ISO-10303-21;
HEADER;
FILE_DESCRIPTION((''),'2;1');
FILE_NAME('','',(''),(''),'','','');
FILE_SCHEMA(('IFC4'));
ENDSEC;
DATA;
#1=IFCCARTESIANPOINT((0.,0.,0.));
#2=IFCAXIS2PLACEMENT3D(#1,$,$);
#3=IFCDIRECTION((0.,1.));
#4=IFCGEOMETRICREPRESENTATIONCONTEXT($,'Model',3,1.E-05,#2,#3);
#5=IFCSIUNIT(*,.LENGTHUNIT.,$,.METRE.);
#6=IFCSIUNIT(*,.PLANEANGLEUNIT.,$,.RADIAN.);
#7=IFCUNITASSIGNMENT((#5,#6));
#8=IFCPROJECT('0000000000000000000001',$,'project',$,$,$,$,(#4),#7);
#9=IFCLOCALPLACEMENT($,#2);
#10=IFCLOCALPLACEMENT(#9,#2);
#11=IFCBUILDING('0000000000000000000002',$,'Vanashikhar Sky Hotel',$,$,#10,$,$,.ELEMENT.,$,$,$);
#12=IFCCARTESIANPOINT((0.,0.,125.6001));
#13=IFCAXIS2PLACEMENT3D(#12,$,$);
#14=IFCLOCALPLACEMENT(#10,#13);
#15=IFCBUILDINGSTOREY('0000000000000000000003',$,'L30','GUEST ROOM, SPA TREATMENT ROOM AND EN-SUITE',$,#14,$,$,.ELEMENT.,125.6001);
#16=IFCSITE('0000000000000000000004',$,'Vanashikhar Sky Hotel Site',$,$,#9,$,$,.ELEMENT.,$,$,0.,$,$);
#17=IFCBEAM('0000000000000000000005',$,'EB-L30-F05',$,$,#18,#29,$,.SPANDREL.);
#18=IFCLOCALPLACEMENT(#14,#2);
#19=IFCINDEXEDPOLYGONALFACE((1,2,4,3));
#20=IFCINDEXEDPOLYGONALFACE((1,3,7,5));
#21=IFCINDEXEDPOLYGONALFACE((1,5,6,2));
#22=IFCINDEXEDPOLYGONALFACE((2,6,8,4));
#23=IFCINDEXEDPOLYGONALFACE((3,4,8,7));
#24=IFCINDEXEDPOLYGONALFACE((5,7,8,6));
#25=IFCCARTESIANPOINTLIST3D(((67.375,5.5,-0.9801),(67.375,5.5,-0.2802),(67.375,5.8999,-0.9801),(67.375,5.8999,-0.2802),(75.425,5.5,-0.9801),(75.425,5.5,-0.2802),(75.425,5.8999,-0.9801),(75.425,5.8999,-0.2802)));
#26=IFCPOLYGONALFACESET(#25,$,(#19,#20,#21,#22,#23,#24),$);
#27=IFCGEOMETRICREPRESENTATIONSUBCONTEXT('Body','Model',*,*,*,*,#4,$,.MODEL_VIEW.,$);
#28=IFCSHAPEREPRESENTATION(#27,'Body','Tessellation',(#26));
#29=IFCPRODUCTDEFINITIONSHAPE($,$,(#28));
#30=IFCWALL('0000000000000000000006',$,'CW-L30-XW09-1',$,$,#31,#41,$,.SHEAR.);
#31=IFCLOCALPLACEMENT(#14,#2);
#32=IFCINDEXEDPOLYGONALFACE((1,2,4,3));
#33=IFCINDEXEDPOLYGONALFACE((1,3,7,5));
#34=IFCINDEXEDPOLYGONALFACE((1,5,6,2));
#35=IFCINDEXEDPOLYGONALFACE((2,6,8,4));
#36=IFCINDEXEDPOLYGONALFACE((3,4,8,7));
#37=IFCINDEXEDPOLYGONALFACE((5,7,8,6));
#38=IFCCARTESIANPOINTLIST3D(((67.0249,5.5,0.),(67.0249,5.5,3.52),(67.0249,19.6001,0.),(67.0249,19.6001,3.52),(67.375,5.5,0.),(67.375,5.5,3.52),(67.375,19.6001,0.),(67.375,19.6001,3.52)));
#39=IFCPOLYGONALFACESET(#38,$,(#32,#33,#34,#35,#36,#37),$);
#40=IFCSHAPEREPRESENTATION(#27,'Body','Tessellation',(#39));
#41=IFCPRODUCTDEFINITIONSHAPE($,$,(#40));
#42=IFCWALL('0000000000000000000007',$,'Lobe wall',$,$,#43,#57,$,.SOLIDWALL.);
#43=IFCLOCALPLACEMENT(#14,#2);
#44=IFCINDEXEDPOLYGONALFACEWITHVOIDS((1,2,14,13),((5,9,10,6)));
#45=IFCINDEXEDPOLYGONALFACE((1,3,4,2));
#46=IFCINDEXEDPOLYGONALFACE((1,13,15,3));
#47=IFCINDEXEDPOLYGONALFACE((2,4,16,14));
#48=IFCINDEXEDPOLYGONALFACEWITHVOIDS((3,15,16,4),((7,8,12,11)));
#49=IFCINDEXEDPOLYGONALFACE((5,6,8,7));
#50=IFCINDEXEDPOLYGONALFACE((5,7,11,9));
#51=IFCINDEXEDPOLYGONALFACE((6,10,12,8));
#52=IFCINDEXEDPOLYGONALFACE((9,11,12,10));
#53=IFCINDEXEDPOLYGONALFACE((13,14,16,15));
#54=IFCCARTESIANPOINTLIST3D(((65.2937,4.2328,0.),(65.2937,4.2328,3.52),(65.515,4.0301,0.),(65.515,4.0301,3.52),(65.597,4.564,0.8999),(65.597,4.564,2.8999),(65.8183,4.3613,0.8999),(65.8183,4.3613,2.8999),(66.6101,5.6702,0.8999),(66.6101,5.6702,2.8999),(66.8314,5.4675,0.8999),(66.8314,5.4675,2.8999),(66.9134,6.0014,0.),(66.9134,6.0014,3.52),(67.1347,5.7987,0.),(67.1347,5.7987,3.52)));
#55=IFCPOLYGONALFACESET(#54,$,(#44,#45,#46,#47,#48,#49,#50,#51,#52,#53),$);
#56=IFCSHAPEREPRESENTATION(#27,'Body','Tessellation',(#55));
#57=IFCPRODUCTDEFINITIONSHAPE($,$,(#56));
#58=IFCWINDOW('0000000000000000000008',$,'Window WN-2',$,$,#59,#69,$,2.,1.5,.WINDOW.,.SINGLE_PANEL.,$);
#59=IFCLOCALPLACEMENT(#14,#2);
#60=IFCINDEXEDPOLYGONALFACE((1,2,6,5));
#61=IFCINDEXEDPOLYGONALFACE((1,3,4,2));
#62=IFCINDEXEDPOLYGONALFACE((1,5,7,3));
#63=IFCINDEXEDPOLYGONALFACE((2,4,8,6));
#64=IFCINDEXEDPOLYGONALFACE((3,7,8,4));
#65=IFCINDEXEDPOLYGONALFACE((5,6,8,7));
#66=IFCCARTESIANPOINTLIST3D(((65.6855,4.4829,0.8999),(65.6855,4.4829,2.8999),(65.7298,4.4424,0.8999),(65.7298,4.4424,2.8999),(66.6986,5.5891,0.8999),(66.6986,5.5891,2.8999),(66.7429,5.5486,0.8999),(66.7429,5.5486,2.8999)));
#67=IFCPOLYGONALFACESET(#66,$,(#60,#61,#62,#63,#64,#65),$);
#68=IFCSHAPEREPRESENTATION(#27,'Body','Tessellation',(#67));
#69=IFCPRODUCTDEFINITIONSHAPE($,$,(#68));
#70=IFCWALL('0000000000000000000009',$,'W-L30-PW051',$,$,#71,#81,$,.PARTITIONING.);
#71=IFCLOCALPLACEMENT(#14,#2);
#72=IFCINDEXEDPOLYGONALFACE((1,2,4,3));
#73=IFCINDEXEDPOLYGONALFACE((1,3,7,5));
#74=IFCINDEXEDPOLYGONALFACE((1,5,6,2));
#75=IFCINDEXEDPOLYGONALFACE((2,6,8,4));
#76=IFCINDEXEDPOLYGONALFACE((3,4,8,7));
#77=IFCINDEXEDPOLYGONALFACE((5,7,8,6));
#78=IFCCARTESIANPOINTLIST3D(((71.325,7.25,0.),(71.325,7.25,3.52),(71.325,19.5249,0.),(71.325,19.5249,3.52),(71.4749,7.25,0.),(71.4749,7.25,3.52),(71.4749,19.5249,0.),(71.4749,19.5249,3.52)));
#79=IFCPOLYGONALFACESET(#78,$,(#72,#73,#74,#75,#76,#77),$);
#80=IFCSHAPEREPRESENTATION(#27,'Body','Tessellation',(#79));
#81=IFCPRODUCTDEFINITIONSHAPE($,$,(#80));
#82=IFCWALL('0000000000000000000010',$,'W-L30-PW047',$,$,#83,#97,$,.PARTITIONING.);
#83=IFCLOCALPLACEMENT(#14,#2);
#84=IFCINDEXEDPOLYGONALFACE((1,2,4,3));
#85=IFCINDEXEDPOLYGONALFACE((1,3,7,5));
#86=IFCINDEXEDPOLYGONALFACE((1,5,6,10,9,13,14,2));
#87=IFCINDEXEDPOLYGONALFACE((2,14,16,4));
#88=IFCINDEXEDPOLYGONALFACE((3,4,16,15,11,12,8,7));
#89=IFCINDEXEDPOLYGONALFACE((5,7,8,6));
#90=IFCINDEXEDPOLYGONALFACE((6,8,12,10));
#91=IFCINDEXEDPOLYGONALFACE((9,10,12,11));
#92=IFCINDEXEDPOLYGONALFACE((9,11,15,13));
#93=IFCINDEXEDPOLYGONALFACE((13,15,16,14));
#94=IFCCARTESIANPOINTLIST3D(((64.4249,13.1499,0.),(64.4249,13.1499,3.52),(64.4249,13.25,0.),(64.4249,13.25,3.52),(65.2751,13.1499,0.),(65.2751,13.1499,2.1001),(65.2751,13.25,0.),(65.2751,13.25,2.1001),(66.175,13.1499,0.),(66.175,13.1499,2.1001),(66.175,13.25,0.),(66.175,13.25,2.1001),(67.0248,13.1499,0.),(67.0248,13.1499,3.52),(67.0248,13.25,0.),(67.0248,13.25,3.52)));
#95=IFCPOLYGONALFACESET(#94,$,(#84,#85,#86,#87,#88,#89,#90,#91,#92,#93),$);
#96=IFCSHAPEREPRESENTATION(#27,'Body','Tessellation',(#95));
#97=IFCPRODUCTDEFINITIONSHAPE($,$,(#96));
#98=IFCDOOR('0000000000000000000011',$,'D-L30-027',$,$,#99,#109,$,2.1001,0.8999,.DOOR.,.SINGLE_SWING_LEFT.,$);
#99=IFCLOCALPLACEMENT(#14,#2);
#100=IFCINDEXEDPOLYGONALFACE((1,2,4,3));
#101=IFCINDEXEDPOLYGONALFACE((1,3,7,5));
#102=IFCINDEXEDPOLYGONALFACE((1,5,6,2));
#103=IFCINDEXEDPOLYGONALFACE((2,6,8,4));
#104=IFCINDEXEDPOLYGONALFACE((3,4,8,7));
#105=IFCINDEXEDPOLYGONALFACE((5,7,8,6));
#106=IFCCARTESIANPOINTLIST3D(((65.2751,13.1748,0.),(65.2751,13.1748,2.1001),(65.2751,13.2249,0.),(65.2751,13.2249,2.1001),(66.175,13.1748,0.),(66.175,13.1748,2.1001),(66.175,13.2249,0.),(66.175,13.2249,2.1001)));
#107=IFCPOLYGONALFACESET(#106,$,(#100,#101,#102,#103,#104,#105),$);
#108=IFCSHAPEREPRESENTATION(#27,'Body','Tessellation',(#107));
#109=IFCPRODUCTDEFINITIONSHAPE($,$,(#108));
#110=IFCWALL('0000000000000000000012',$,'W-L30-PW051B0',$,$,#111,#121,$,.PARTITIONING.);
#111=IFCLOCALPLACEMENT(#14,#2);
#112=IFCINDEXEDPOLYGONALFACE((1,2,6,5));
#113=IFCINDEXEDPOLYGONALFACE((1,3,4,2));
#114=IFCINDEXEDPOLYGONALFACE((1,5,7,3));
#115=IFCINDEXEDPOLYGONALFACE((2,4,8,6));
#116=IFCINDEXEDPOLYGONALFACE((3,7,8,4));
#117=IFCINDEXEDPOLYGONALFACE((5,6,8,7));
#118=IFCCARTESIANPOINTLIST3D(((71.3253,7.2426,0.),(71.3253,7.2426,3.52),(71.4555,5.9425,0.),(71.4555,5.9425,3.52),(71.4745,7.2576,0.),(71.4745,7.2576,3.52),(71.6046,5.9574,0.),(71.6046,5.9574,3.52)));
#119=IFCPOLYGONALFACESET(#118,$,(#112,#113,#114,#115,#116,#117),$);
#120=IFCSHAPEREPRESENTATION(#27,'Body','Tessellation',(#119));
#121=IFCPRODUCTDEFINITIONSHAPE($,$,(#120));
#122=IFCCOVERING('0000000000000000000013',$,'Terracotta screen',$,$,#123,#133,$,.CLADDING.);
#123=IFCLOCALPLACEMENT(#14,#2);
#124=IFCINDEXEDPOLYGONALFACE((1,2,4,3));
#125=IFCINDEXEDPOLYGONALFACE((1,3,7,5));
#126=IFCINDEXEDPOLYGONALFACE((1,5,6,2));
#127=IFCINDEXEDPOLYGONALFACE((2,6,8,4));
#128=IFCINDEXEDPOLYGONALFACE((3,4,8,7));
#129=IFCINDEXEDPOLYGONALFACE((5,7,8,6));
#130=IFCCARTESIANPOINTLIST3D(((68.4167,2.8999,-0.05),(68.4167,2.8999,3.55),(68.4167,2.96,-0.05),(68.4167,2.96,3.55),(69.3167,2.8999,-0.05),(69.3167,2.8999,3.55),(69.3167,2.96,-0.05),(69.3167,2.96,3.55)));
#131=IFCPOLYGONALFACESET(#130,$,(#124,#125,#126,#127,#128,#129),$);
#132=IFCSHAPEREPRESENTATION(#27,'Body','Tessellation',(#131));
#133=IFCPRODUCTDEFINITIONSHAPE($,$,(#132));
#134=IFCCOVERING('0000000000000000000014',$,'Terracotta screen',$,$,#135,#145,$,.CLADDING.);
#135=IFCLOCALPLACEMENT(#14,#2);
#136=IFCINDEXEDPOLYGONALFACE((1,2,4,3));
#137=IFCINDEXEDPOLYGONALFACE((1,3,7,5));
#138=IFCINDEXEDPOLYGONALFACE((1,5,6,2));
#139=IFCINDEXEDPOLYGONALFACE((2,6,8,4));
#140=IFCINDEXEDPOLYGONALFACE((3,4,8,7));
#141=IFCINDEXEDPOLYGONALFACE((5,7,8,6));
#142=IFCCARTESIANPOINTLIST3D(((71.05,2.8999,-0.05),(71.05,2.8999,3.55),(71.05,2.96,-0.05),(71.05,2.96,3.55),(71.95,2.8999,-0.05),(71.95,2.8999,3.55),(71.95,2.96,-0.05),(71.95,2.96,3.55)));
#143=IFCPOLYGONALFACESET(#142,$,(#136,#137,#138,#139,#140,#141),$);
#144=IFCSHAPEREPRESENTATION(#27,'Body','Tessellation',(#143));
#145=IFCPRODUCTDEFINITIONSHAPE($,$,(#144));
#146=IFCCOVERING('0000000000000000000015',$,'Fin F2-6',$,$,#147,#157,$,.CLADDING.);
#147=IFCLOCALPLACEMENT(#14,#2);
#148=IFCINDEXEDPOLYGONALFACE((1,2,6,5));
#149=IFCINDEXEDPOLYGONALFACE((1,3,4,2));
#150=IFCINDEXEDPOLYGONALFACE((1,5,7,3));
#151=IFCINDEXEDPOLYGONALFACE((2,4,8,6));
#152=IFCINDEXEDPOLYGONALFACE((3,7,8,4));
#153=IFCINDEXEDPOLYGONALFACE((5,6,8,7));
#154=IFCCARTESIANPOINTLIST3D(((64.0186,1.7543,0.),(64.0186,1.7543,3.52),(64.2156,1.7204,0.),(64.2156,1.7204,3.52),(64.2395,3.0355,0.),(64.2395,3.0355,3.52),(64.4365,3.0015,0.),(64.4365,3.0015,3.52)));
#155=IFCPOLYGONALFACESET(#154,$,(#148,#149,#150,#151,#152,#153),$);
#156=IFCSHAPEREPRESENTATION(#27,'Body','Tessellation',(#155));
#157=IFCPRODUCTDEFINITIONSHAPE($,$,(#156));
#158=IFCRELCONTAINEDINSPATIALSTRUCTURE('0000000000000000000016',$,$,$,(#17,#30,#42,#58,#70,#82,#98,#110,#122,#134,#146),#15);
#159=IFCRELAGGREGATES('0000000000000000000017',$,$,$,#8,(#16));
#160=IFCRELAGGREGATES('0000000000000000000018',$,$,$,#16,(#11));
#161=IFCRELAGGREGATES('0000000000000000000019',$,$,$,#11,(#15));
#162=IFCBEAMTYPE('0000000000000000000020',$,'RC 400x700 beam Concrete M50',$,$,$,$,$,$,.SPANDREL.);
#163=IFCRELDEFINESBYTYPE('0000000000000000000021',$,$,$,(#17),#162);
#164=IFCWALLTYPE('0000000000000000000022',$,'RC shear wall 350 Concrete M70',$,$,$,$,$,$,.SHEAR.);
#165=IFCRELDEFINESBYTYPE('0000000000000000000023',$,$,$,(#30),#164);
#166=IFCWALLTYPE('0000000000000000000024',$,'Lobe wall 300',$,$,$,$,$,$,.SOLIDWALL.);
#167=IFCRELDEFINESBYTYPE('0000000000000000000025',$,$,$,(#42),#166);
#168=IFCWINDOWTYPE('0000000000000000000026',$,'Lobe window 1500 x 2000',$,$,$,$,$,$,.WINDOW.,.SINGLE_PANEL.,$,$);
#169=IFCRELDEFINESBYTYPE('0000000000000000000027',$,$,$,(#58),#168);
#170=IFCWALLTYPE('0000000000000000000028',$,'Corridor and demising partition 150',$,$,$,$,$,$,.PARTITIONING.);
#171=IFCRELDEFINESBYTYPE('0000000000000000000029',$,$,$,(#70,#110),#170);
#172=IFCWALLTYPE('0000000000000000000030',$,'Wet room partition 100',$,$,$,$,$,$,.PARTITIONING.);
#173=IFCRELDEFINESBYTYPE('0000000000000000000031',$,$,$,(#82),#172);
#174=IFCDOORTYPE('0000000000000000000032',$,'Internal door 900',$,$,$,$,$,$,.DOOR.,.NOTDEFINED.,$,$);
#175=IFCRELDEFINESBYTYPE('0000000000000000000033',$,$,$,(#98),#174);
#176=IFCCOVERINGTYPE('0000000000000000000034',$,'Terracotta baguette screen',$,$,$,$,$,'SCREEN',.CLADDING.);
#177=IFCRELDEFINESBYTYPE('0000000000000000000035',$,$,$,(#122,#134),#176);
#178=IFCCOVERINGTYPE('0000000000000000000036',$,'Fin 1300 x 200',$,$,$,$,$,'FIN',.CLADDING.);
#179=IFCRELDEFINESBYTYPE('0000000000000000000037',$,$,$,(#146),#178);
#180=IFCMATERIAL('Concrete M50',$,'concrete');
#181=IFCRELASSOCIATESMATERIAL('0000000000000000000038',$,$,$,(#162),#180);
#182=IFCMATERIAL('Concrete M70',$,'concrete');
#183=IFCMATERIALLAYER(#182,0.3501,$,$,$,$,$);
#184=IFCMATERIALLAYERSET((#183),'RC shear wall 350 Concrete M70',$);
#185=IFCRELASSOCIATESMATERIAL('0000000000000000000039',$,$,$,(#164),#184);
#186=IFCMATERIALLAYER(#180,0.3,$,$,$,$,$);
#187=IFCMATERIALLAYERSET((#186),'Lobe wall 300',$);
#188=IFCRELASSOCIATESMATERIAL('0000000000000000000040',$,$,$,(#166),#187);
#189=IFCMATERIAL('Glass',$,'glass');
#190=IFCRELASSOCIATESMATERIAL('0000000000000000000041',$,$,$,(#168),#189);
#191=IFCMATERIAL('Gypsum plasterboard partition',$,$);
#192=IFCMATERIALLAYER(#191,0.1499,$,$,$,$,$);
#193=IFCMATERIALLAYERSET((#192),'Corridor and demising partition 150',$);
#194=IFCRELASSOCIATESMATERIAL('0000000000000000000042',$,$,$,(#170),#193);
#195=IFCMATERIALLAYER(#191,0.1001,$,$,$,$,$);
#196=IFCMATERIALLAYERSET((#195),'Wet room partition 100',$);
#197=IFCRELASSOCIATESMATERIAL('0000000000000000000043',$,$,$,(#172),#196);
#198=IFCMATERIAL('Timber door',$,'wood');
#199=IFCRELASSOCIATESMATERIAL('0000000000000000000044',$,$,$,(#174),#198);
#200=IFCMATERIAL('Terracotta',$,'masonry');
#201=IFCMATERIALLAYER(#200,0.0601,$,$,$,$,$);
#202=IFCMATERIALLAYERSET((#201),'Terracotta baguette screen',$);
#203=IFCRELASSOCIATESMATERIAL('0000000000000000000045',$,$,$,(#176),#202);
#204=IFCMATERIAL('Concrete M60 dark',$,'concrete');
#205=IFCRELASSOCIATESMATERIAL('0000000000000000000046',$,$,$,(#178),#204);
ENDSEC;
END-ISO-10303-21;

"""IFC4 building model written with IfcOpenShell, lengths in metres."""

from ifc_helpers import new_model, si_unit, direction, frame, frame_2d, origin, origin_2d, place, context, subcontext, project, spatial, rectangle, extrude, source, transform, mapped, material, layer, layer_set, material_profile, profile_set, type_object, element, fill, save


model = new_model("IFC4")

# Units and contexts
model_context = context("Model", 3, precision=1e-05, world=origin(), true_north=direction((0.0, 1.0)))
body_context = subcontext(model_context, "Body", "Model", "MODEL_VIEW")
ifc_project = project(units=[si_unit("LENGTHUNIT", "METRE"), si_unit("PLANEANGLEUNIT", "RADIAN")], contexts=[model_context])

# Site, building, storey
site_placement = place(None, origin())
site = spatial("IfcSite", under=ifc_project, at=site_placement, Name="Vanashikhar Sky Hotel Site", CompositionType="ELEMENT", RefElevation=0.0)
building_placement = place(site_placement, origin())
building = spatial("IfcBuilding", under=site, at=building_placement, Name="Vanashikhar Sky Hotel", CompositionType="ELEMENT")
storey_placement = place(building_placement, frame((0.0, 0.0, 125.6001)))
storey = spatial("IfcBuildingStorey", under=building, at=storey_placement, Name="L30", Description="GUEST ROOM, SPA TREATMENT ROOM AND EN-SUITE", CompositionType="ELEMENT", Elevation=125.6001)

# Beam
ifc_material_1 = material(Name="Concrete M50", Category="concrete")
ifc_material_profile_1 = material_profile(ifc_material_1, rectangle(XDim=0.3999, YDim=0.7, at=origin_2d()))
ifc_profile_set_1 = profile_set([ifc_material_profile_1], Name="RC 400x700 beam Concrete M50")
beam_type = type_object("IfcBeamType", Name="RC 400x700 beam Concrete M50", PredefinedType="SPANDREL", material=ifc_profile_set_1)
shared_shape_1 = source(origin(), body_context, "Body", "SweptSolid", [
    extrude(rectangle(XDim=0.3999, YDim=0.7, at=origin_2d()), origin(), (0.0, 0.0, 1.0), 8.05),
])
beam_placement = place(storey_placement, frame((67.375, 5.7, -0.6301), z_axis=(1.0, 0.0, 0.0), x_axis=(0.0, 1.0, 0.0)))
element("IfcBeam", 1, at=beam_placement, inside=storey, type_object=beam_type, Name="EB-L30-F05", PredefinedType="SPANDREL", context=body_context, shape_type="MappedRepresentation", body=[
    mapped(shared_shape_1, transform((0.0, 0.0, 0.0), scale=1.0)),
])

# Wall
ifc_material_2 = material(Name="Concrete M70", Category="concrete")
ifc_layer_1 = layer(ifc_material_2, 0.3501)
ifc_layer_set_1 = layer_set([ifc_layer_1], Name="RC shear wall 350 Concrete M70")
wall_type_1 = type_object("IfcWallType", Name="RC shear wall 350 Concrete M70", PredefinedType="SHEAR", material=ifc_layer_set_1)
shared_shape_2 = source(origin(), body_context, "Body", "SweptSolid", [
    extrude(rectangle(XDim=14.1001, YDim=0.3501, at=frame_2d((7.05, 0.0))), origin(), (0.0, 0.0, 1.0), 3.52),
])
wall_1_placement = place(storey_placement, frame((67.2, 5.5, 0.0), z_axis=(0.0, 0.0, 1.0), x_axis=(0.0, 1.0, 0.0)))
element("IfcWall", 2, at=wall_1_placement, inside=storey, type_object=wall_type_1, Name="CW-L30-XW09-1", PredefinedType="SHEAR", context=body_context, shape_type="MappedRepresentation", body=[
    mapped(shared_shape_2, transform((0.0, 0.0, 0.0), scale=1.0)),
])

# Wall, opening, window
ifc_layer_2 = layer(ifc_material_1, 0.3)
ifc_layer_set_2 = layer_set([ifc_layer_2], Name="Lobe wall 300")
wall_type_2 = type_object("IfcWallType", Name="Lobe wall 300", PredefinedType="SOLIDWALL", material=ifc_layer_set_2)
shared_shape_3 = source(origin(), body_context, "Body", "SweptSolid", [
    extrude(rectangle(XDim=2.3982, YDim=0.3, at=frame_2d((1.1992, 0.0))), origin(), (0.0, 0.0, 1.0), 3.52),
])
wall_2_placement = place(storey_placement, frame((65.4043, 4.1313, 0.0), z_axis=(0.0, 0.0, 1.0), x_axis=(0.675374, 0.737475, 0.0)))
wall_2 = element("IfcWall", 3, at=wall_2_placement, inside=storey, type_object=wall_type_2, Name="Lobe wall", PredefinedType="SOLIDWALL", context=body_context, shape_type="MappedRepresentation", body=[
    mapped(shared_shape_3, transform((0.0, 0.0, 0.0), scale=1.0)),
])
shared_shape_4 = source(origin(), body_context, "Body", "SweptSolid", [
    extrude(rectangle(XDim=1.5, YDim=2.0, at=frame_2d((0.75, 1.0))), frame((0.0, 0.1602, 0.0), z_axis=(0.0, -1.0, 0.0), x_axis=(1.0, 0.0, 0.0)), (0.0, 0.0, 1.0), 0.3201),
])
opening_1_placement = place(wall_2_placement, frame((0.4492, 0.0, 0.8999)))
opening_1 = element("IfcOpeningElement", 4, at=opening_1_placement, cuts=wall_2, PredefinedType="OPENING", context=body_context, shape_type="MappedRepresentation", body=[
    mapped(shared_shape_4, transform((0.0, 0.0, 0.0), scale=1.0)),
])
ifc_material_3 = material(Name="Glass", Category="glass")
window_type_1 = type_object("IfcWindowType", Name="Lobe window 1500 x 2000", PartitioningType="SINGLE_PANEL", PredefinedType="WINDOW", material=ifc_material_3)
shared_shape_5 = source(origin(), body_context, "Body", "SweptSolid", [
    extrude(rectangle(XDim=1.5, YDim=2.0, at=frame_2d((0.75, 1.0))), frame((0.0, 0.03, 0.0), z_axis=(0.0, -1.0, 0.0), x_axis=(1.0, 0.0, 0.0)), (0.0, 0.0, 1.0), 0.0601),
])
window_1_placement = place(opening_1_placement, origin())
window_1 = element("IfcWindow", 5, at=window_1_placement, inside=storey, type_object=window_type_1, Name="Window WN-2", OverallHeight=2.0, OverallWidth=1.5, PartitioningType="SINGLE_PANEL", PredefinedType="WINDOW", context=body_context, shape_type="MappedRepresentation", body=[
    mapped(shared_shape_5, transform((0.0, 0.0, 0.0), scale=1.0)),
])
fill(opening_1, window_1)

# Wall
ifc_material_4 = material(Name="Gypsum plasterboard partition")
ifc_layer_3 = layer(ifc_material_4, 0.1499)
ifc_layer_set_3 = layer_set([ifc_layer_3], Name="Corridor and demising partition 150")
wall_type_3 = type_object("IfcWallType", Name="Corridor and demising partition 150", PredefinedType="PARTITIONING", material=ifc_layer_set_3)
shared_shape_6 = source(origin(), body_context, "Body", "SweptSolid", [
    extrude(rectangle(XDim=12.2749, YDim=0.1499, at=frame_2d((6.1375, 0.0))), origin(), (0.0, 0.0, 1.0), 3.52),
])
wall_3_placement = place(storey_placement, frame((71.3999, 7.25, 0.0), z_axis=(0.0, 0.0, 1.0), x_axis=(0.0, 1.0, 0.0)))
element("IfcWall", 6, at=wall_3_placement, inside=storey, type_object=wall_type_3, Name="W-L30-PW051", PredefinedType="PARTITIONING", context=body_context, shape_type="MappedRepresentation", body=[
    mapped(shared_shape_6, transform((0.0, 0.0, 0.0), scale=1.0)),
])

# Wall, opening, door
ifc_layer_4 = layer(ifc_material_4, 0.1001)
ifc_layer_set_4 = layer_set([ifc_layer_4], Name="Wet room partition 100")
wall_type_4 = type_object("IfcWallType", Name="Wet room partition 100", PredefinedType="PARTITIONING", material=ifc_layer_set_4)
shared_shape_7 = source(origin(), body_context, "Body", "SweptSolid", [
    extrude(rectangle(XDim=2.5999, YDim=0.1001, at=frame_2d((1.2998, 0.0))), origin(), (0.0, 0.0, 1.0), 3.52),
])
wall_4_placement = place(storey_placement, frame((64.425, 13.2, 0.0), z_axis=(0.0, 0.0, 1.0), x_axis=(1.0, 0.0, 0.0)))
wall_4 = element("IfcWall", 7, at=wall_4_placement, inside=storey, type_object=wall_type_4, Name="W-L30-PW047", PredefinedType="PARTITIONING", context=body_context, shape_type="MappedRepresentation", body=[
    mapped(shared_shape_7, transform((0.0, 0.0, 0.0), scale=1.0)),
])
shared_shape_8 = source(origin(), body_context, "Body", "SweptSolid", [
    extrude(rectangle(XDim=0.8999, YDim=2.1001, at=frame_2d((0.45, 1.05))), frame((0.0, 0.0601, 0.0), z_axis=(0.0, -1.0, 0.0), x_axis=(1.0, 0.0, 0.0)), (0.0, 0.0, 1.0), 0.1201),
])
opening_2_placement = place(wall_4_placement, frame((0.8501, 0.0, 0.0)))
opening_2 = element("IfcOpeningElement", 8, at=opening_2_placement, cuts=wall_4, PredefinedType="OPENING", context=body_context, shape_type="MappedRepresentation", body=[
    mapped(shared_shape_8, transform((0.0, 0.0, 0.0), scale=1.0)),
])
ifc_material_5 = material(Name="Timber door", Category="wood")
door_type_1 = type_object("IfcDoorType", Name="Internal door 900", OperationType="NOTDEFINED", PredefinedType="DOOR", material=ifc_material_5)
shared_shape_9 = source(origin(), body_context, "Body", "SweptSolid", [
    extrude(rectangle(XDim=0.8999, YDim=2.1001, at=frame_2d((0.45, 1.05))), frame((0.0, 0.0249, 0.0), z_axis=(0.0, -1.0, 0.0), x_axis=(1.0, 0.0, 0.0)), (0.0, 0.0, 1.0), 0.05),
])
door_1_placement = place(opening_2_placement, origin())
door_1 = element("IfcDoor", 9, at=door_1_placement, inside=storey, type_object=door_type_1, Name="D-L30-027", OperationType="SINGLE_SWING_LEFT", OverallHeight=2.1001, OverallWidth=0.8999, PredefinedType="DOOR", context=body_context, shape_type="MappedRepresentation", body=[
    mapped(shared_shape_9, transform((0.0, 0.0, 0.0), scale=1.0)),
])
fill(opening_2, door_1)

# Wall
shared_shape_10 = source(origin(), body_context, "Body", "SweptSolid", [
    extrude(rectangle(XDim=1.3066, YDim=0.1499, at=frame_2d((0.6533, 0.0))), origin(), (0.0, 0.0, 1.0), 3.52),
])
wall_5_placement = place(storey_placement, frame((71.53, 5.95, 0.0), z_axis=(0.0, 0.0, 1.0), x_axis=(-0.099596, 0.995028, 0.0)))
element("IfcWall", 10, at=wall_5_placement, inside=storey, type_object=wall_type_3, Name="W-L30-PW051B0", PredefinedType="PARTITIONING", context=body_context, shape_type="MappedRepresentation", body=[
    mapped(shared_shape_10, transform((0.0, 0.0, 0.0), scale=1.0)),
])

# Coverings
ifc_material_6 = material(Name="Terracotta", Category="masonry")
ifc_layer_5 = layer(ifc_material_6, 0.0601)
ifc_layer_set_5 = layer_set([ifc_layer_5], Name="Terracotta baguette screen")
covering_type_1 = type_object("IfcCoveringType", Name="Terracotta baguette screen", ElementType="SCREEN", PredefinedType="CLADDING", material=ifc_layer_set_5)
shared_shape_11 = source(origin(), body_context, "Body", "SweptSolid", [
    extrude(rectangle(XDim=0.8999, YDim=0.0601, at=origin_2d()), origin(), (0.0, 0.0, 1.0), 3.6001),
])
for number, where, z_axis, x_axis, name in (
    (11, (68.8667, 2.9299, -0.05), (0.0, 0.0, 1.0), (1.0, 0.0, 0.0), "Terracotta screen"),
    (12, (71.5, 2.9299, -0.05), (0.0, 0.0, 1.0), (1.0, 0.0, 0.0), "Terracotta screen"),
):
    element("IfcCovering", number, at=place(storey_placement, frame(where, z_axis=z_axis, x_axis=x_axis)), inside=storey, type_object=covering_type_1, Name=name, PredefinedType="CLADDING", context=body_context, shape_type="MappedRepresentation", body=[
        mapped(shared_shape_11, transform((0.0, 0.0, 0.0), scale=1.0)),
    ])
ifc_material_7 = material(Name="Concrete M60 dark", Category="concrete")
ifc_material_profile_2 = material_profile(ifc_material_7, rectangle(XDim=1.3, YDim=0.2, at=origin_2d()))
ifc_profile_set_2 = profile_set([ifc_material_profile_2], Name="Fin 1300 x 200")
covering_type_2 = type_object("IfcCoveringType", Name="Fin 1300 x 200", ElementType="FIN", PredefinedType="CLADDING", material=ifc_profile_set_2)
shared_shape_12 = source(origin(), body_context, "Body", "SweptSolid", [
    extrude(rectangle(XDim=1.3, YDim=0.2, at=origin_2d()), origin(), (0.0, 0.0, 1.0), 3.52),
])
for number, where, z_axis, x_axis, name in (
    (13, (64.2275, 2.3779, 0.0), (0.0, 0.0, 1.0), (-0.1699, -0.985461, 0.0), "Fin F2-6"),
):
    element("IfcCovering", number, at=place(storey_placement, frame(where, z_axis=z_axis, x_axis=x_axis)), inside=storey, type_object=covering_type_2, Name=name, PredefinedType="CLADDING", context=body_context, shape_type="MappedRepresentation", body=[
        mapped(shared_shape_12, transform((0.0, 0.0, 0.0), scale=1.0)),
    ])

save(model, "model.ifc")
